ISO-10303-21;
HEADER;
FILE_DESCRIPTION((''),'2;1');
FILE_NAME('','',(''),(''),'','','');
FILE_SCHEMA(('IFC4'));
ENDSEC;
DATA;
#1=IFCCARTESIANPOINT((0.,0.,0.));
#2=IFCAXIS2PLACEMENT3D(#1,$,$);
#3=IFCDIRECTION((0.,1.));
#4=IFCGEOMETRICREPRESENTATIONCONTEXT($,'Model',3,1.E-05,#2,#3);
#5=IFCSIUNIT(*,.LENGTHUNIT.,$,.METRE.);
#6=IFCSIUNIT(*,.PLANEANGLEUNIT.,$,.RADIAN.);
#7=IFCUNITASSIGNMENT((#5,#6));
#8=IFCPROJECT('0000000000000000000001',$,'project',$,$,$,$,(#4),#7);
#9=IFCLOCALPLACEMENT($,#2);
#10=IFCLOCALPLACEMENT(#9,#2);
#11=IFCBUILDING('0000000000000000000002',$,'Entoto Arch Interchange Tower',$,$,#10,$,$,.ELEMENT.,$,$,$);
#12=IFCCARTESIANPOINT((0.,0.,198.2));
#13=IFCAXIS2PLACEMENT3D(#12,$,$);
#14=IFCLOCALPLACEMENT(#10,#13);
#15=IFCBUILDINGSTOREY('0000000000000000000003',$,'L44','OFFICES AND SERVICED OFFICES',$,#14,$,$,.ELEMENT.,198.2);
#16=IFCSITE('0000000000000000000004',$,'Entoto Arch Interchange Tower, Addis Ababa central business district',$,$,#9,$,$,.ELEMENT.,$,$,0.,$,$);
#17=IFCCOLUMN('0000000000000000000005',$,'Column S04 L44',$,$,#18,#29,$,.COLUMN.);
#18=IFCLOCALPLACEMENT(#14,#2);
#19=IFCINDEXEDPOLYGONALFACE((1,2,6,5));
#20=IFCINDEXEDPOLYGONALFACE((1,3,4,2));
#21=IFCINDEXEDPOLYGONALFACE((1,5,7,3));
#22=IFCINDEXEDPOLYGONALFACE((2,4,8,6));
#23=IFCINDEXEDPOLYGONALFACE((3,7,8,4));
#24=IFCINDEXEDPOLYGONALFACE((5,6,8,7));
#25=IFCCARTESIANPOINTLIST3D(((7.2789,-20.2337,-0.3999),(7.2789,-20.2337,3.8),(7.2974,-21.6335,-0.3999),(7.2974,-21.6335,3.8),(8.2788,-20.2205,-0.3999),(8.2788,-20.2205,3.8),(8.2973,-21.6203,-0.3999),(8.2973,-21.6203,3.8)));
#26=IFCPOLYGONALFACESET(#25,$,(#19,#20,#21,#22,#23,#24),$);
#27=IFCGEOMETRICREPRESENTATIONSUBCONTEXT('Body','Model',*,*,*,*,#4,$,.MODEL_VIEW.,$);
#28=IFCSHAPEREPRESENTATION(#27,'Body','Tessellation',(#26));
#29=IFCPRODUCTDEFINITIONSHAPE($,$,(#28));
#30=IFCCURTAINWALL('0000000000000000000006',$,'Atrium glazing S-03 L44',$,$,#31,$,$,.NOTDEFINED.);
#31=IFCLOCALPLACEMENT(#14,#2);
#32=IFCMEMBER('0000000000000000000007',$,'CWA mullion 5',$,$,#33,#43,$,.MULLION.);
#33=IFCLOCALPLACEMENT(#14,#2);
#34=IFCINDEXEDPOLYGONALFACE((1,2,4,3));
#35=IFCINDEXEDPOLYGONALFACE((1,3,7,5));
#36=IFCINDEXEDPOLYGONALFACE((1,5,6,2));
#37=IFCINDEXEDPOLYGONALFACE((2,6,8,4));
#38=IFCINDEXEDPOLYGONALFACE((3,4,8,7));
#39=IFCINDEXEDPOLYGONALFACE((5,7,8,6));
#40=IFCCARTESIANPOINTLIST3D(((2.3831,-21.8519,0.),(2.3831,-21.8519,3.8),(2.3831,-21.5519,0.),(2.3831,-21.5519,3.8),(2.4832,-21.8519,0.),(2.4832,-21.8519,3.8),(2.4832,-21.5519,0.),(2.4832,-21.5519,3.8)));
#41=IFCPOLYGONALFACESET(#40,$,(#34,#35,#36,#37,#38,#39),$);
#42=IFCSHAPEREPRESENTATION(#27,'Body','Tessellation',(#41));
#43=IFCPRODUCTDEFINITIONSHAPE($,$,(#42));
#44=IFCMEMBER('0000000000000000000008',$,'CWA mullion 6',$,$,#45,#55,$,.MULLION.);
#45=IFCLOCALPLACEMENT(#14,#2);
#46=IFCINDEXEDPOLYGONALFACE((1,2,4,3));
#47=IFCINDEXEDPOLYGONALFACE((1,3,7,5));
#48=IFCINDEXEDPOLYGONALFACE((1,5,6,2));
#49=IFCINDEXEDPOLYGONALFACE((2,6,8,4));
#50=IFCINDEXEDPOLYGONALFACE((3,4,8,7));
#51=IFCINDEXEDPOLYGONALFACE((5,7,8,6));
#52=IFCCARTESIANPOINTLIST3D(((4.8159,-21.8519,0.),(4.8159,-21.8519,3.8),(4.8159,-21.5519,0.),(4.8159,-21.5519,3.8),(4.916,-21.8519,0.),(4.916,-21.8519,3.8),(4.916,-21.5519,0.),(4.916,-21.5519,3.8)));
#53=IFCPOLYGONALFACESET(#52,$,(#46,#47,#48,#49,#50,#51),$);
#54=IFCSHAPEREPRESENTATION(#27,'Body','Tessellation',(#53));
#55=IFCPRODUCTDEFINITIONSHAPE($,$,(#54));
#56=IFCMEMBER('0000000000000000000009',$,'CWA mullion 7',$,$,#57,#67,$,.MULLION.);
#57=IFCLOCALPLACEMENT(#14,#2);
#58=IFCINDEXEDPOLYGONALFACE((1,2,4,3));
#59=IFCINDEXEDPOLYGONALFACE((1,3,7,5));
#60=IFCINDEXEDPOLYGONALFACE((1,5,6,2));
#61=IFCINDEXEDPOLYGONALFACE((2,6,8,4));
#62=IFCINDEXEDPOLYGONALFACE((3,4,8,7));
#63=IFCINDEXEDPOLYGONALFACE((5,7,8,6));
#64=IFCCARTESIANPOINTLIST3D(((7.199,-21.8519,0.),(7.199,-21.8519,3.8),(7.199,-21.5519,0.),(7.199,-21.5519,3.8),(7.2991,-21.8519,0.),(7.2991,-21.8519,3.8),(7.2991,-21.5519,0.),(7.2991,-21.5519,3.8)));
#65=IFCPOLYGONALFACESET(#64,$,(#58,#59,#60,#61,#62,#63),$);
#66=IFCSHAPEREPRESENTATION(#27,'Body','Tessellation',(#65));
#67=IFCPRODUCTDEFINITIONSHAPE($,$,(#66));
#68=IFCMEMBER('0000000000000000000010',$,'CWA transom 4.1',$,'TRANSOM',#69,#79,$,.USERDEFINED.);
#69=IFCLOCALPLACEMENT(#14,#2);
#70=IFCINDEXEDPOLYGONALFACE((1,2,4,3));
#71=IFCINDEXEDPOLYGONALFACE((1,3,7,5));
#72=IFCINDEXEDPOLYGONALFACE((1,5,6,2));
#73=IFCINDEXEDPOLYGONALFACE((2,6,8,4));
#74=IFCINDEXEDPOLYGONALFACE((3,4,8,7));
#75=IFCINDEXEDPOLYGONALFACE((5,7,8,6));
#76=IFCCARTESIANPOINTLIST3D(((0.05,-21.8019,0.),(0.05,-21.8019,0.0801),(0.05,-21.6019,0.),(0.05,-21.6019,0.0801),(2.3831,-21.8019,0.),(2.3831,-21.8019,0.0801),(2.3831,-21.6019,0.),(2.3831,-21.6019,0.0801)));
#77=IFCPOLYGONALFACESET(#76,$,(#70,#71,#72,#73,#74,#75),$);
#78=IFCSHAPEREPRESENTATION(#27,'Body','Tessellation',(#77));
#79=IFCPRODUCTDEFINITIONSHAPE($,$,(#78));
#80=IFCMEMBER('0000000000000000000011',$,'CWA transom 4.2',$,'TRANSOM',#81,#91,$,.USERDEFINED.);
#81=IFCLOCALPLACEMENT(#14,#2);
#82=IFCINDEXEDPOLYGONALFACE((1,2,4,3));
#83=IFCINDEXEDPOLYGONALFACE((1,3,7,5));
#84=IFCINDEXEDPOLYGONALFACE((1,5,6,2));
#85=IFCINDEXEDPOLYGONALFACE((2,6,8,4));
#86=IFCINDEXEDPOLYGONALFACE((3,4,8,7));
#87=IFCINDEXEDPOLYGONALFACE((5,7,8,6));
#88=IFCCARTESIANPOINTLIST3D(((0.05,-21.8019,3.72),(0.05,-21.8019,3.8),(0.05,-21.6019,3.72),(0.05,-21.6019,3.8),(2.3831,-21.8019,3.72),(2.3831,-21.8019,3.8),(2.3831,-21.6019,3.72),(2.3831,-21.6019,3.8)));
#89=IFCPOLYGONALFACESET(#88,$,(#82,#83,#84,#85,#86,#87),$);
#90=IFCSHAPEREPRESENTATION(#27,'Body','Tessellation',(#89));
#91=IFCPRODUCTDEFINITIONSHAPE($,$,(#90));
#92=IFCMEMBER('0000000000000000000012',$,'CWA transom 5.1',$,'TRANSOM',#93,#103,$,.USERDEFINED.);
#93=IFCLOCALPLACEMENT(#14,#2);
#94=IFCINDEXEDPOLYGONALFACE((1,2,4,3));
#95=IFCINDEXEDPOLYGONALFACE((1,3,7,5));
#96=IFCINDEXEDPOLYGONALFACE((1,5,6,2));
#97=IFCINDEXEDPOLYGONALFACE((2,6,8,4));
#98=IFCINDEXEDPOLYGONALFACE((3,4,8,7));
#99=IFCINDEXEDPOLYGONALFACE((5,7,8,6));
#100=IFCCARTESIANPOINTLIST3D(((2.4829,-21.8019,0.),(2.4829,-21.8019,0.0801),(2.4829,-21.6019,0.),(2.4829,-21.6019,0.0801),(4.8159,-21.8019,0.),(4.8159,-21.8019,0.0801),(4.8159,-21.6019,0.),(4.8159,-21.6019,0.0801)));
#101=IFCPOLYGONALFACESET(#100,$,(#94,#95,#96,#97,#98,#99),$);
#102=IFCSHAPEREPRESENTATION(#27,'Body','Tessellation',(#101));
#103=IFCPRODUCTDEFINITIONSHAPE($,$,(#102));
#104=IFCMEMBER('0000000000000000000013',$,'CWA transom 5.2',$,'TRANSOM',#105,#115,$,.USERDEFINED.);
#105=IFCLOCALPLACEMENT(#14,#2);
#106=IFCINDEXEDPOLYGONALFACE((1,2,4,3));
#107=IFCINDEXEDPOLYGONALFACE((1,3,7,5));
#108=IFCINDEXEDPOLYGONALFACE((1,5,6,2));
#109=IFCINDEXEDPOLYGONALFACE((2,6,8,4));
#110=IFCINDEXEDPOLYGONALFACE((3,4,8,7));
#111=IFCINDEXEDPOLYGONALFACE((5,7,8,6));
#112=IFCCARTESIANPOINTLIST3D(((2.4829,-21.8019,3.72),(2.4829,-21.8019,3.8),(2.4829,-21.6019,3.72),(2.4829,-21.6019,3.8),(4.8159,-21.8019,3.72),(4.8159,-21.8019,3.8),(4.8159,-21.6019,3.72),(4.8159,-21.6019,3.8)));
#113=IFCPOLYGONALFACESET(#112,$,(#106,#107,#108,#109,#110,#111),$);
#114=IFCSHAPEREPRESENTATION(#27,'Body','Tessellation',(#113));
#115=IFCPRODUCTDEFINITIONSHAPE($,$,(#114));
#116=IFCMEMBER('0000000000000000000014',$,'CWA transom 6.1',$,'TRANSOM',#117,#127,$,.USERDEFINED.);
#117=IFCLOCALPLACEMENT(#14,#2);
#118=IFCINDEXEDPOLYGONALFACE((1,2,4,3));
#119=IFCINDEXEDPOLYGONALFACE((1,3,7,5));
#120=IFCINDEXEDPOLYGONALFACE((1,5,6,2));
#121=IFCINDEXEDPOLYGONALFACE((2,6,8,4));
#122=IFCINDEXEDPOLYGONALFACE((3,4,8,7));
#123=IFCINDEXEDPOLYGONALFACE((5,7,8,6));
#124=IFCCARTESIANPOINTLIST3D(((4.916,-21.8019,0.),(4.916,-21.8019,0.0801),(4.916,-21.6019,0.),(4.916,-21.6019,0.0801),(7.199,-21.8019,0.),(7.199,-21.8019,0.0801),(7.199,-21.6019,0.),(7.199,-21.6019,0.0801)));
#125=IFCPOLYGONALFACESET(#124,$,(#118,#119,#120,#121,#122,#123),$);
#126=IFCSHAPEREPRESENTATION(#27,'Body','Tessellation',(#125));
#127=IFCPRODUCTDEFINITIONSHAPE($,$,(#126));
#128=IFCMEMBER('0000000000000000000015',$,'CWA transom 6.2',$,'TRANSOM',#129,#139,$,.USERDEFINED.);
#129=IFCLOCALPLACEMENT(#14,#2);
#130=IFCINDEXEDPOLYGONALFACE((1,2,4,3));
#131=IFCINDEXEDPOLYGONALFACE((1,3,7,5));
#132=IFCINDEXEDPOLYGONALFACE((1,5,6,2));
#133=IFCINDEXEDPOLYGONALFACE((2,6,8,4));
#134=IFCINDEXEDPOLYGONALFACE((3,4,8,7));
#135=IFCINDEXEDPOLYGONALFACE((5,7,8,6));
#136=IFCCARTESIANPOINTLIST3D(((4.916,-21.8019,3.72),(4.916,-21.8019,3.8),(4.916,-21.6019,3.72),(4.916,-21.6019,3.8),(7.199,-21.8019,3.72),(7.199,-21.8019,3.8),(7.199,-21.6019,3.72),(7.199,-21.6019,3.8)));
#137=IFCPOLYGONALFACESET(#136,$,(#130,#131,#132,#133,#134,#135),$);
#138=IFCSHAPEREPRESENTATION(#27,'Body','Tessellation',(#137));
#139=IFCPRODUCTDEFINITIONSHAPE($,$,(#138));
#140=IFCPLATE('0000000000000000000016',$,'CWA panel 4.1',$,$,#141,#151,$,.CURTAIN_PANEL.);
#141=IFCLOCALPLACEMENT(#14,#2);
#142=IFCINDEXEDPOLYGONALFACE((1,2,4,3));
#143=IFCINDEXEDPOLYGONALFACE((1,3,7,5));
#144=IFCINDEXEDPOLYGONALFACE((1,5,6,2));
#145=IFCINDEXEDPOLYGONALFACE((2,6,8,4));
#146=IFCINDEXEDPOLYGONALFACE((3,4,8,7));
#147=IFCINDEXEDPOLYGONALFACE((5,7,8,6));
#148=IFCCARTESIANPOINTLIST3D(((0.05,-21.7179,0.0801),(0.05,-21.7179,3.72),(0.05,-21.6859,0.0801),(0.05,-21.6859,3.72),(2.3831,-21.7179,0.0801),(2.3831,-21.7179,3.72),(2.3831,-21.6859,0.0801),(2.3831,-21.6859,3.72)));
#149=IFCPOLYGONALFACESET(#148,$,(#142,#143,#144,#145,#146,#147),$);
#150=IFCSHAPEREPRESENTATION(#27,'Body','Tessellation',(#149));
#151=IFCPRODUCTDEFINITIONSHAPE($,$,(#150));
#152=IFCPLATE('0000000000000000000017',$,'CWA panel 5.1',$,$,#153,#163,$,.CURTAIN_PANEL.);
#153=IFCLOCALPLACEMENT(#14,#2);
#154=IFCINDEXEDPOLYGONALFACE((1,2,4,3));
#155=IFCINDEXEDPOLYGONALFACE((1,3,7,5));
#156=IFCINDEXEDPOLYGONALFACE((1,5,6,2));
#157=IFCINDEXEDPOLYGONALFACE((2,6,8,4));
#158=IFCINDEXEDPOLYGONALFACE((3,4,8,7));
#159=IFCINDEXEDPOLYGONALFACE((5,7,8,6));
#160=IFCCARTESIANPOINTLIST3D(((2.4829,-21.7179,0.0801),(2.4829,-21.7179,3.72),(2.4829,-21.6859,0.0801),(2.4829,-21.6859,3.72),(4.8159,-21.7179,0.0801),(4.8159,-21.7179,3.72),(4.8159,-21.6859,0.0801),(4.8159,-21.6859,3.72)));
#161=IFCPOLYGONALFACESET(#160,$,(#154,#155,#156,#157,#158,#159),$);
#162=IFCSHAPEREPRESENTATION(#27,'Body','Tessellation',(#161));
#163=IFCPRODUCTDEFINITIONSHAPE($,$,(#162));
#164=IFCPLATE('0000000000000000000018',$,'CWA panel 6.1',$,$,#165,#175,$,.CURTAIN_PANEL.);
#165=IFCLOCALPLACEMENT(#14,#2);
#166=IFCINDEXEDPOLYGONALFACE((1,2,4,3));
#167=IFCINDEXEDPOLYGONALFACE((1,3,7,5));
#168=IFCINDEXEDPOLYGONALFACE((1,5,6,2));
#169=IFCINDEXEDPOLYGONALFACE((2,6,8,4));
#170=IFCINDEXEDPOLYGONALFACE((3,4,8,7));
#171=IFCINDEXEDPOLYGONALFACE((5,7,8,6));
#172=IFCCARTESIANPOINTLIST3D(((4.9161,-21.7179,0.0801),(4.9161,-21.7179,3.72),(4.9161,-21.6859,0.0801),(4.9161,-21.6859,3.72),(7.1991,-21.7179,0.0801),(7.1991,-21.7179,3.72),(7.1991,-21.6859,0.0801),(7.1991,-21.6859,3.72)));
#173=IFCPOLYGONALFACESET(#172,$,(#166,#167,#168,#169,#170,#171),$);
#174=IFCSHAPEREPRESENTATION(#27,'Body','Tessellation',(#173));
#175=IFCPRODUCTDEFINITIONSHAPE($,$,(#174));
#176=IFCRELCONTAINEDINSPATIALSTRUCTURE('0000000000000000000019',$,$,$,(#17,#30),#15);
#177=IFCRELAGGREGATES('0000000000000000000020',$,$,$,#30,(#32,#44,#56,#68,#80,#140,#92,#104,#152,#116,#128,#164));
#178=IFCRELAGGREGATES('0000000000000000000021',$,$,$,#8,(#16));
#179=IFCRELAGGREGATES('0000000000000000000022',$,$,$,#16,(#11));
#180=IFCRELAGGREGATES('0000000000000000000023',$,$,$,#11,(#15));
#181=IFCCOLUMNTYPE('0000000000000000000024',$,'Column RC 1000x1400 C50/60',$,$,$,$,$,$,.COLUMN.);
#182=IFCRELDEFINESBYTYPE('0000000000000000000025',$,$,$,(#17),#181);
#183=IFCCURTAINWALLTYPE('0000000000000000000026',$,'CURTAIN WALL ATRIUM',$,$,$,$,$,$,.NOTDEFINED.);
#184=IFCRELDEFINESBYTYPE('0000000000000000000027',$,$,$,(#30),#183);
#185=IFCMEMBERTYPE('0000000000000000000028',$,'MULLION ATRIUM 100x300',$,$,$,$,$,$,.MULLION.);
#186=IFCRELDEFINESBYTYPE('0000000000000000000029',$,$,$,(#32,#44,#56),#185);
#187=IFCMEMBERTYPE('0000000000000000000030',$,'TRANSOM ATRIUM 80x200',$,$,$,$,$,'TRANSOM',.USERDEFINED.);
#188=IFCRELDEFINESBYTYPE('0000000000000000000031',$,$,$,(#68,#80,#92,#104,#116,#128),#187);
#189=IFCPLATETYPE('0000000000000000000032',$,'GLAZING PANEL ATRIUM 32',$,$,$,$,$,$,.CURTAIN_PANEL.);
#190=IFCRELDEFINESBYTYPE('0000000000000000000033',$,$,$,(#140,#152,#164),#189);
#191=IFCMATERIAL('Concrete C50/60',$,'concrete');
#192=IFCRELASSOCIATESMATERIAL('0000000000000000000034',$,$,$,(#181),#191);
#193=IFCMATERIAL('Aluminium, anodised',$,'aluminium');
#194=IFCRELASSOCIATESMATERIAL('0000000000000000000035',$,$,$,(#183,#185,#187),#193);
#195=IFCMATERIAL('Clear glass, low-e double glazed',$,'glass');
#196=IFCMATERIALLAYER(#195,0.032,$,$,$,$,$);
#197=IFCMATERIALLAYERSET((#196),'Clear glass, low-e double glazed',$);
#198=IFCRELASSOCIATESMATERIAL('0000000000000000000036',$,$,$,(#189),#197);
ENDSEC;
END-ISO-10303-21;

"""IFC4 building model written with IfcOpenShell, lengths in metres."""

from ifc_helpers import new_model, si_unit, direction, frame, origin, origin_2d, place, context, subcontext, project, spatial, rectangle, extrude, material, layer, layer_set, material_profile, profile_set, type_object, element, aggregate, save


model = new_model("IFC4")

# Units and contexts
model_context = context("Model", 3, precision=1e-05, world=origin(), true_north=direction((0.0, 1.0)))
body_context = subcontext(model_context, "Body", "Model", "MODEL_VIEW")
ifc_project = project(units=[si_unit("LENGTHUNIT", "METRE"), si_unit("PLANEANGLEUNIT", "RADIAN")], contexts=[model_context])

# Site, building, storey
site_placement = place(None, origin())
site = spatial("IfcSite", under=ifc_project, at=site_placement, Name="Entoto Arch Interchange Tower, Addis Ababa central business district", CompositionType="ELEMENT", RefElevation=0.0)
building_placement = place(site_placement, origin())
building = spatial("IfcBuilding", under=site, at=building_placement, Name="Entoto Arch Interchange Tower", CompositionType="ELEMENT")
storey_placement = place(building_placement, frame((0.0, 0.0, 198.2)))
storey = spatial("IfcBuildingStorey", under=building, at=storey_placement, Name="L44", Description="OFFICES AND SERVICED OFFICES", CompositionType="ELEMENT", Elevation=198.2)

# Column
ifc_material_1 = material(Name="Concrete C50/60", Category="concrete")
ifc_material_profile_1 = material_profile(ifc_material_1, rectangle(XDim=1.0, YDim=1.3999, at=origin_2d()))
ifc_profile_set_1 = profile_set([ifc_material_profile_1], Name="Concrete C50/60")
column_type = type_object("IfcColumnType", Name="Column RC 1000x1400 C50/60", PredefinedType="COLUMN", material=ifc_profile_set_1)
column_placement = place(storey_placement, frame((7.7881, -20.927, -0.3999), z_axis=(0.0, 0.0, 1.0), x_axis=(0.999913, 0.013177, 0.0)))
element("IfcColumn", 1, at=column_placement, inside=storey, type_object=column_type, Name="Column S04 L44", PredefinedType="COLUMN", context=body_context, shape_type="SweptSolid", body=[
    extrude(rectangle(XDim=1.0, YDim=1.3999, at=origin_2d()), origin(), (0.0, 0.0, 1.0), 4.2),
])

# Curtain wall, members, plates
ifc_material_2 = material(Name="Aluminium, anodised", Category="aluminium")
curtain_wall_type = type_object("IfcCurtainWallType", Name="CURTAIN WALL ATRIUM", PredefinedType="NOTDEFINED", material=ifc_material_2)
curtain_wall_placement = place(storey_placement, origin())
curtain_wall = element("IfcCurtainWall", 2, at=curtain_wall_placement, inside=storey, type_object=curtain_wall_type, Name="Atrium glazing S-03 L44", PredefinedType="NOTDEFINED")
ifc_material_profile_2 = material_profile(ifc_material_2, rectangle(XDim=0.3, YDim=0.1001, at=origin_2d()))
ifc_profile_set_2 = profile_set([ifc_material_profile_2], Name="Aluminium, anodised")
member_type_1 = type_object("IfcMemberType", Name="MULLION ATRIUM 100x300", PredefinedType="MULLION", material=ifc_profile_set_2)
member_1_placement = place(storey_placement, frame((2.4331, -21.7019, 0.0), z_axis=(0.0, 0.0, 1.0), x_axis=(0.0, 1.0, 0.0)))
member_1 = element("IfcMember", 3, at=member_1_placement, type_object=member_type_1, Name="CWA mullion 5", PredefinedType="MULLION", context=body_context, shape_type="SweptSolid", body=[
    extrude(rectangle(XDim=0.3, YDim=0.1001, at=origin_2d()), origin(), (0.0, 0.0, 1.0), 3.8),
])
member_2_placement = place(storey_placement, frame((4.866, -21.7019, 0.0), z_axis=(0.0, 0.0, 1.0), x_axis=(0.0, 1.0, 0.0)))
member_2 = element("IfcMember", 4, at=member_2_placement, type_object=member_type_1, Name="CWA mullion 6", PredefinedType="MULLION", context=body_context, shape_type="SweptSolid", body=[
    extrude(rectangle(XDim=0.3, YDim=0.1001, at=origin_2d()), origin(), (0.0, 0.0, 1.0), 3.8),
])
member_3_placement = place(storey_placement, frame((7.249, -21.7019, 0.0), z_axis=(0.0, 0.0, 1.0), x_axis=(0.0, 1.0, 0.0)))
member_3 = element("IfcMember", 5, at=member_3_placement, type_object=member_type_1, Name="CWA mullion 7", PredefinedType="MULLION", context=body_context, shape_type="SweptSolid", body=[
    extrude(rectangle(XDim=0.3, YDim=0.1001, at=origin_2d()), origin(), (0.0, 0.0, 1.0), 3.8),
])
ifc_material_profile_3 = material_profile(ifc_material_2, rectangle(XDim=0.2, YDim=0.0801, at=origin_2d()))
ifc_profile_set_3 = profile_set([ifc_material_profile_3], Name="Aluminium, anodised")
member_type_2 = type_object("IfcMemberType", Name="TRANSOM ATRIUM 80x200", ElementType="TRANSOM", PredefinedType="USERDEFINED", material=ifc_profile_set_3)
member_4_placement = place(storey_placement, frame((0.05, -21.7019, 0.04), z_axis=(1.0, 0.0, 0.0), x_axis=(0.0, 1.0, 0.0)))
member_4 = element("IfcMember", 6, at=member_4_placement, type_object=member_type_2, Name="CWA transom 4.1", ObjectType="TRANSOM", PredefinedType="USERDEFINED", context=body_context, shape_type="SweptSolid", body=[
    extrude(rectangle(XDim=0.2, YDim=0.0801, at=origin_2d()), origin(), (0.0, 0.0, 1.0), 2.333),
])
member_5_placement = place(storey_placement, frame((0.05, -21.7019, 3.76), z_axis=(1.0, 0.0, 0.0), x_axis=(0.0, 1.0, 0.0)))
member_5 = element("IfcMember", 7, at=member_5_placement, type_object=member_type_2, Name="CWA transom 4.2", ObjectType="TRANSOM", PredefinedType="USERDEFINED", context=body_context, shape_type="SweptSolid", body=[
    extrude(rectangle(XDim=0.2, YDim=0.0801, at=origin_2d()), origin(), (0.0, 0.0, 1.0), 2.333),
])
member_6_placement = place(storey_placement, frame((2.4829, -21.7019, 0.04), z_axis=(1.0, 0.0, 0.0), x_axis=(0.0, 1.0, 0.0)))
member_6 = element("IfcMember", 8, at=member_6_placement, type_object=member_type_2, Name="CWA transom 5.1", ObjectType="TRANSOM", PredefinedType="USERDEFINED", context=body_context, shape_type="SweptSolid", body=[
    extrude(rectangle(XDim=0.2, YDim=0.0801, at=origin_2d()), origin(), (0.0, 0.0, 1.0), 2.333),
])
member_7_placement = place(storey_placement, frame((2.4829, -21.7019, 3.76), z_axis=(1.0, 0.0, 0.0), x_axis=(0.0, 1.0, 0.0)))
member_7 = element("IfcMember", 9, at=member_7_placement, type_object=member_type_2, Name="CWA transom 5.2", ObjectType="TRANSOM", PredefinedType="USERDEFINED", context=body_context, shape_type="SweptSolid", body=[
    extrude(rectangle(XDim=0.2, YDim=0.0801, at=origin_2d()), origin(), (0.0, 0.0, 1.0), 2.333),
])
member_8_placement = place(storey_placement, frame((4.916, -21.7019, 0.04), z_axis=(1.0, 0.0, 0.0), x_axis=(0.0, 1.0, 0.0)))
member_8 = element("IfcMember", 10, at=member_8_placement, type_object=member_type_2, Name="CWA transom 6.1", ObjectType="TRANSOM", PredefinedType="USERDEFINED", context=body_context, shape_type="SweptSolid", body=[
    extrude(rectangle(XDim=0.2, YDim=0.0801, at=origin_2d()), origin(), (0.0, 0.0, 1.0), 2.283),
])
member_9_placement = place(storey_placement, frame((4.916, -21.7019, 3.76), z_axis=(1.0, 0.0, 0.0), x_axis=(0.0, 1.0, 0.0)))
member_9 = element("IfcMember", 11, at=member_9_placement, type_object=member_type_2, Name="CWA transom 6.2", ObjectType="TRANSOM", PredefinedType="USERDEFINED", context=body_context, shape_type="SweptSolid", body=[
    extrude(rectangle(XDim=0.2, YDim=0.0801, at=origin_2d()), origin(), (0.0, 0.0, 1.0), 2.283),
])
ifc_material_3 = material(Name="Clear glass, low-e double glazed", Category="glass")
ifc_layer_1 = layer(ifc_material_3, 0.032)
ifc_layer_set_1 = layer_set([ifc_layer_1], Name="Clear glass, low-e double glazed")
plate_type = type_object("IfcPlateType", Name="GLAZING PANEL ATRIUM 32", PredefinedType="CURTAIN_PANEL", material=ifc_layer_set_1)
plate_1_placement = place(storey_placement, frame((1.2166, -21.7019, 0.0801), z_axis=(0.0, 0.0, 1.0), x_axis=(1.0, 0.0, 0.0)))
plate_1 = element("IfcPlate", 12, at=plate_1_placement, type_object=plate_type, Name="CWA panel 4.1", PredefinedType="CURTAIN_PANEL", context=body_context, shape_type="SweptSolid", body=[
    extrude(rectangle(XDim=2.333, YDim=0.032, at=origin_2d()), origin(), (0.0, 0.0, 1.0), 3.6399),
])
plate_2_placement = place(storey_placement, frame((3.6494, -21.7019, 0.0801), z_axis=(0.0, 0.0, 1.0), x_axis=(1.0, 0.0, 0.0)))
plate_2 = element("IfcPlate", 13, at=plate_2_placement, type_object=plate_type, Name="CWA panel 5.1", PredefinedType="CURTAIN_PANEL", context=body_context, shape_type="SweptSolid", body=[
    extrude(rectangle(XDim=2.333, YDim=0.032, at=origin_2d()), origin(), (0.0, 0.0, 1.0), 3.6399),
])
plate_3_placement = place(storey_placement, frame((6.0576, -21.7019, 0.0801), z_axis=(0.0, 0.0, 1.0), x_axis=(1.0, 0.0, 0.0)))
plate_3 = element("IfcPlate", 14, at=plate_3_placement, type_object=plate_type, Name="CWA panel 6.1", PredefinedType="CURTAIN_PANEL", context=body_context, shape_type="SweptSolid", body=[
    extrude(rectangle(XDim=2.283, YDim=0.032, at=origin_2d()), origin(), (0.0, 0.0, 1.0), 3.6399),
])
aggregate(curtain_wall, [member_1, member_2, member_3, member_4, member_5, plate_1, member_6, member_7, plate_2, member_8, member_9, plate_3])

save(model, "model.ifc")
